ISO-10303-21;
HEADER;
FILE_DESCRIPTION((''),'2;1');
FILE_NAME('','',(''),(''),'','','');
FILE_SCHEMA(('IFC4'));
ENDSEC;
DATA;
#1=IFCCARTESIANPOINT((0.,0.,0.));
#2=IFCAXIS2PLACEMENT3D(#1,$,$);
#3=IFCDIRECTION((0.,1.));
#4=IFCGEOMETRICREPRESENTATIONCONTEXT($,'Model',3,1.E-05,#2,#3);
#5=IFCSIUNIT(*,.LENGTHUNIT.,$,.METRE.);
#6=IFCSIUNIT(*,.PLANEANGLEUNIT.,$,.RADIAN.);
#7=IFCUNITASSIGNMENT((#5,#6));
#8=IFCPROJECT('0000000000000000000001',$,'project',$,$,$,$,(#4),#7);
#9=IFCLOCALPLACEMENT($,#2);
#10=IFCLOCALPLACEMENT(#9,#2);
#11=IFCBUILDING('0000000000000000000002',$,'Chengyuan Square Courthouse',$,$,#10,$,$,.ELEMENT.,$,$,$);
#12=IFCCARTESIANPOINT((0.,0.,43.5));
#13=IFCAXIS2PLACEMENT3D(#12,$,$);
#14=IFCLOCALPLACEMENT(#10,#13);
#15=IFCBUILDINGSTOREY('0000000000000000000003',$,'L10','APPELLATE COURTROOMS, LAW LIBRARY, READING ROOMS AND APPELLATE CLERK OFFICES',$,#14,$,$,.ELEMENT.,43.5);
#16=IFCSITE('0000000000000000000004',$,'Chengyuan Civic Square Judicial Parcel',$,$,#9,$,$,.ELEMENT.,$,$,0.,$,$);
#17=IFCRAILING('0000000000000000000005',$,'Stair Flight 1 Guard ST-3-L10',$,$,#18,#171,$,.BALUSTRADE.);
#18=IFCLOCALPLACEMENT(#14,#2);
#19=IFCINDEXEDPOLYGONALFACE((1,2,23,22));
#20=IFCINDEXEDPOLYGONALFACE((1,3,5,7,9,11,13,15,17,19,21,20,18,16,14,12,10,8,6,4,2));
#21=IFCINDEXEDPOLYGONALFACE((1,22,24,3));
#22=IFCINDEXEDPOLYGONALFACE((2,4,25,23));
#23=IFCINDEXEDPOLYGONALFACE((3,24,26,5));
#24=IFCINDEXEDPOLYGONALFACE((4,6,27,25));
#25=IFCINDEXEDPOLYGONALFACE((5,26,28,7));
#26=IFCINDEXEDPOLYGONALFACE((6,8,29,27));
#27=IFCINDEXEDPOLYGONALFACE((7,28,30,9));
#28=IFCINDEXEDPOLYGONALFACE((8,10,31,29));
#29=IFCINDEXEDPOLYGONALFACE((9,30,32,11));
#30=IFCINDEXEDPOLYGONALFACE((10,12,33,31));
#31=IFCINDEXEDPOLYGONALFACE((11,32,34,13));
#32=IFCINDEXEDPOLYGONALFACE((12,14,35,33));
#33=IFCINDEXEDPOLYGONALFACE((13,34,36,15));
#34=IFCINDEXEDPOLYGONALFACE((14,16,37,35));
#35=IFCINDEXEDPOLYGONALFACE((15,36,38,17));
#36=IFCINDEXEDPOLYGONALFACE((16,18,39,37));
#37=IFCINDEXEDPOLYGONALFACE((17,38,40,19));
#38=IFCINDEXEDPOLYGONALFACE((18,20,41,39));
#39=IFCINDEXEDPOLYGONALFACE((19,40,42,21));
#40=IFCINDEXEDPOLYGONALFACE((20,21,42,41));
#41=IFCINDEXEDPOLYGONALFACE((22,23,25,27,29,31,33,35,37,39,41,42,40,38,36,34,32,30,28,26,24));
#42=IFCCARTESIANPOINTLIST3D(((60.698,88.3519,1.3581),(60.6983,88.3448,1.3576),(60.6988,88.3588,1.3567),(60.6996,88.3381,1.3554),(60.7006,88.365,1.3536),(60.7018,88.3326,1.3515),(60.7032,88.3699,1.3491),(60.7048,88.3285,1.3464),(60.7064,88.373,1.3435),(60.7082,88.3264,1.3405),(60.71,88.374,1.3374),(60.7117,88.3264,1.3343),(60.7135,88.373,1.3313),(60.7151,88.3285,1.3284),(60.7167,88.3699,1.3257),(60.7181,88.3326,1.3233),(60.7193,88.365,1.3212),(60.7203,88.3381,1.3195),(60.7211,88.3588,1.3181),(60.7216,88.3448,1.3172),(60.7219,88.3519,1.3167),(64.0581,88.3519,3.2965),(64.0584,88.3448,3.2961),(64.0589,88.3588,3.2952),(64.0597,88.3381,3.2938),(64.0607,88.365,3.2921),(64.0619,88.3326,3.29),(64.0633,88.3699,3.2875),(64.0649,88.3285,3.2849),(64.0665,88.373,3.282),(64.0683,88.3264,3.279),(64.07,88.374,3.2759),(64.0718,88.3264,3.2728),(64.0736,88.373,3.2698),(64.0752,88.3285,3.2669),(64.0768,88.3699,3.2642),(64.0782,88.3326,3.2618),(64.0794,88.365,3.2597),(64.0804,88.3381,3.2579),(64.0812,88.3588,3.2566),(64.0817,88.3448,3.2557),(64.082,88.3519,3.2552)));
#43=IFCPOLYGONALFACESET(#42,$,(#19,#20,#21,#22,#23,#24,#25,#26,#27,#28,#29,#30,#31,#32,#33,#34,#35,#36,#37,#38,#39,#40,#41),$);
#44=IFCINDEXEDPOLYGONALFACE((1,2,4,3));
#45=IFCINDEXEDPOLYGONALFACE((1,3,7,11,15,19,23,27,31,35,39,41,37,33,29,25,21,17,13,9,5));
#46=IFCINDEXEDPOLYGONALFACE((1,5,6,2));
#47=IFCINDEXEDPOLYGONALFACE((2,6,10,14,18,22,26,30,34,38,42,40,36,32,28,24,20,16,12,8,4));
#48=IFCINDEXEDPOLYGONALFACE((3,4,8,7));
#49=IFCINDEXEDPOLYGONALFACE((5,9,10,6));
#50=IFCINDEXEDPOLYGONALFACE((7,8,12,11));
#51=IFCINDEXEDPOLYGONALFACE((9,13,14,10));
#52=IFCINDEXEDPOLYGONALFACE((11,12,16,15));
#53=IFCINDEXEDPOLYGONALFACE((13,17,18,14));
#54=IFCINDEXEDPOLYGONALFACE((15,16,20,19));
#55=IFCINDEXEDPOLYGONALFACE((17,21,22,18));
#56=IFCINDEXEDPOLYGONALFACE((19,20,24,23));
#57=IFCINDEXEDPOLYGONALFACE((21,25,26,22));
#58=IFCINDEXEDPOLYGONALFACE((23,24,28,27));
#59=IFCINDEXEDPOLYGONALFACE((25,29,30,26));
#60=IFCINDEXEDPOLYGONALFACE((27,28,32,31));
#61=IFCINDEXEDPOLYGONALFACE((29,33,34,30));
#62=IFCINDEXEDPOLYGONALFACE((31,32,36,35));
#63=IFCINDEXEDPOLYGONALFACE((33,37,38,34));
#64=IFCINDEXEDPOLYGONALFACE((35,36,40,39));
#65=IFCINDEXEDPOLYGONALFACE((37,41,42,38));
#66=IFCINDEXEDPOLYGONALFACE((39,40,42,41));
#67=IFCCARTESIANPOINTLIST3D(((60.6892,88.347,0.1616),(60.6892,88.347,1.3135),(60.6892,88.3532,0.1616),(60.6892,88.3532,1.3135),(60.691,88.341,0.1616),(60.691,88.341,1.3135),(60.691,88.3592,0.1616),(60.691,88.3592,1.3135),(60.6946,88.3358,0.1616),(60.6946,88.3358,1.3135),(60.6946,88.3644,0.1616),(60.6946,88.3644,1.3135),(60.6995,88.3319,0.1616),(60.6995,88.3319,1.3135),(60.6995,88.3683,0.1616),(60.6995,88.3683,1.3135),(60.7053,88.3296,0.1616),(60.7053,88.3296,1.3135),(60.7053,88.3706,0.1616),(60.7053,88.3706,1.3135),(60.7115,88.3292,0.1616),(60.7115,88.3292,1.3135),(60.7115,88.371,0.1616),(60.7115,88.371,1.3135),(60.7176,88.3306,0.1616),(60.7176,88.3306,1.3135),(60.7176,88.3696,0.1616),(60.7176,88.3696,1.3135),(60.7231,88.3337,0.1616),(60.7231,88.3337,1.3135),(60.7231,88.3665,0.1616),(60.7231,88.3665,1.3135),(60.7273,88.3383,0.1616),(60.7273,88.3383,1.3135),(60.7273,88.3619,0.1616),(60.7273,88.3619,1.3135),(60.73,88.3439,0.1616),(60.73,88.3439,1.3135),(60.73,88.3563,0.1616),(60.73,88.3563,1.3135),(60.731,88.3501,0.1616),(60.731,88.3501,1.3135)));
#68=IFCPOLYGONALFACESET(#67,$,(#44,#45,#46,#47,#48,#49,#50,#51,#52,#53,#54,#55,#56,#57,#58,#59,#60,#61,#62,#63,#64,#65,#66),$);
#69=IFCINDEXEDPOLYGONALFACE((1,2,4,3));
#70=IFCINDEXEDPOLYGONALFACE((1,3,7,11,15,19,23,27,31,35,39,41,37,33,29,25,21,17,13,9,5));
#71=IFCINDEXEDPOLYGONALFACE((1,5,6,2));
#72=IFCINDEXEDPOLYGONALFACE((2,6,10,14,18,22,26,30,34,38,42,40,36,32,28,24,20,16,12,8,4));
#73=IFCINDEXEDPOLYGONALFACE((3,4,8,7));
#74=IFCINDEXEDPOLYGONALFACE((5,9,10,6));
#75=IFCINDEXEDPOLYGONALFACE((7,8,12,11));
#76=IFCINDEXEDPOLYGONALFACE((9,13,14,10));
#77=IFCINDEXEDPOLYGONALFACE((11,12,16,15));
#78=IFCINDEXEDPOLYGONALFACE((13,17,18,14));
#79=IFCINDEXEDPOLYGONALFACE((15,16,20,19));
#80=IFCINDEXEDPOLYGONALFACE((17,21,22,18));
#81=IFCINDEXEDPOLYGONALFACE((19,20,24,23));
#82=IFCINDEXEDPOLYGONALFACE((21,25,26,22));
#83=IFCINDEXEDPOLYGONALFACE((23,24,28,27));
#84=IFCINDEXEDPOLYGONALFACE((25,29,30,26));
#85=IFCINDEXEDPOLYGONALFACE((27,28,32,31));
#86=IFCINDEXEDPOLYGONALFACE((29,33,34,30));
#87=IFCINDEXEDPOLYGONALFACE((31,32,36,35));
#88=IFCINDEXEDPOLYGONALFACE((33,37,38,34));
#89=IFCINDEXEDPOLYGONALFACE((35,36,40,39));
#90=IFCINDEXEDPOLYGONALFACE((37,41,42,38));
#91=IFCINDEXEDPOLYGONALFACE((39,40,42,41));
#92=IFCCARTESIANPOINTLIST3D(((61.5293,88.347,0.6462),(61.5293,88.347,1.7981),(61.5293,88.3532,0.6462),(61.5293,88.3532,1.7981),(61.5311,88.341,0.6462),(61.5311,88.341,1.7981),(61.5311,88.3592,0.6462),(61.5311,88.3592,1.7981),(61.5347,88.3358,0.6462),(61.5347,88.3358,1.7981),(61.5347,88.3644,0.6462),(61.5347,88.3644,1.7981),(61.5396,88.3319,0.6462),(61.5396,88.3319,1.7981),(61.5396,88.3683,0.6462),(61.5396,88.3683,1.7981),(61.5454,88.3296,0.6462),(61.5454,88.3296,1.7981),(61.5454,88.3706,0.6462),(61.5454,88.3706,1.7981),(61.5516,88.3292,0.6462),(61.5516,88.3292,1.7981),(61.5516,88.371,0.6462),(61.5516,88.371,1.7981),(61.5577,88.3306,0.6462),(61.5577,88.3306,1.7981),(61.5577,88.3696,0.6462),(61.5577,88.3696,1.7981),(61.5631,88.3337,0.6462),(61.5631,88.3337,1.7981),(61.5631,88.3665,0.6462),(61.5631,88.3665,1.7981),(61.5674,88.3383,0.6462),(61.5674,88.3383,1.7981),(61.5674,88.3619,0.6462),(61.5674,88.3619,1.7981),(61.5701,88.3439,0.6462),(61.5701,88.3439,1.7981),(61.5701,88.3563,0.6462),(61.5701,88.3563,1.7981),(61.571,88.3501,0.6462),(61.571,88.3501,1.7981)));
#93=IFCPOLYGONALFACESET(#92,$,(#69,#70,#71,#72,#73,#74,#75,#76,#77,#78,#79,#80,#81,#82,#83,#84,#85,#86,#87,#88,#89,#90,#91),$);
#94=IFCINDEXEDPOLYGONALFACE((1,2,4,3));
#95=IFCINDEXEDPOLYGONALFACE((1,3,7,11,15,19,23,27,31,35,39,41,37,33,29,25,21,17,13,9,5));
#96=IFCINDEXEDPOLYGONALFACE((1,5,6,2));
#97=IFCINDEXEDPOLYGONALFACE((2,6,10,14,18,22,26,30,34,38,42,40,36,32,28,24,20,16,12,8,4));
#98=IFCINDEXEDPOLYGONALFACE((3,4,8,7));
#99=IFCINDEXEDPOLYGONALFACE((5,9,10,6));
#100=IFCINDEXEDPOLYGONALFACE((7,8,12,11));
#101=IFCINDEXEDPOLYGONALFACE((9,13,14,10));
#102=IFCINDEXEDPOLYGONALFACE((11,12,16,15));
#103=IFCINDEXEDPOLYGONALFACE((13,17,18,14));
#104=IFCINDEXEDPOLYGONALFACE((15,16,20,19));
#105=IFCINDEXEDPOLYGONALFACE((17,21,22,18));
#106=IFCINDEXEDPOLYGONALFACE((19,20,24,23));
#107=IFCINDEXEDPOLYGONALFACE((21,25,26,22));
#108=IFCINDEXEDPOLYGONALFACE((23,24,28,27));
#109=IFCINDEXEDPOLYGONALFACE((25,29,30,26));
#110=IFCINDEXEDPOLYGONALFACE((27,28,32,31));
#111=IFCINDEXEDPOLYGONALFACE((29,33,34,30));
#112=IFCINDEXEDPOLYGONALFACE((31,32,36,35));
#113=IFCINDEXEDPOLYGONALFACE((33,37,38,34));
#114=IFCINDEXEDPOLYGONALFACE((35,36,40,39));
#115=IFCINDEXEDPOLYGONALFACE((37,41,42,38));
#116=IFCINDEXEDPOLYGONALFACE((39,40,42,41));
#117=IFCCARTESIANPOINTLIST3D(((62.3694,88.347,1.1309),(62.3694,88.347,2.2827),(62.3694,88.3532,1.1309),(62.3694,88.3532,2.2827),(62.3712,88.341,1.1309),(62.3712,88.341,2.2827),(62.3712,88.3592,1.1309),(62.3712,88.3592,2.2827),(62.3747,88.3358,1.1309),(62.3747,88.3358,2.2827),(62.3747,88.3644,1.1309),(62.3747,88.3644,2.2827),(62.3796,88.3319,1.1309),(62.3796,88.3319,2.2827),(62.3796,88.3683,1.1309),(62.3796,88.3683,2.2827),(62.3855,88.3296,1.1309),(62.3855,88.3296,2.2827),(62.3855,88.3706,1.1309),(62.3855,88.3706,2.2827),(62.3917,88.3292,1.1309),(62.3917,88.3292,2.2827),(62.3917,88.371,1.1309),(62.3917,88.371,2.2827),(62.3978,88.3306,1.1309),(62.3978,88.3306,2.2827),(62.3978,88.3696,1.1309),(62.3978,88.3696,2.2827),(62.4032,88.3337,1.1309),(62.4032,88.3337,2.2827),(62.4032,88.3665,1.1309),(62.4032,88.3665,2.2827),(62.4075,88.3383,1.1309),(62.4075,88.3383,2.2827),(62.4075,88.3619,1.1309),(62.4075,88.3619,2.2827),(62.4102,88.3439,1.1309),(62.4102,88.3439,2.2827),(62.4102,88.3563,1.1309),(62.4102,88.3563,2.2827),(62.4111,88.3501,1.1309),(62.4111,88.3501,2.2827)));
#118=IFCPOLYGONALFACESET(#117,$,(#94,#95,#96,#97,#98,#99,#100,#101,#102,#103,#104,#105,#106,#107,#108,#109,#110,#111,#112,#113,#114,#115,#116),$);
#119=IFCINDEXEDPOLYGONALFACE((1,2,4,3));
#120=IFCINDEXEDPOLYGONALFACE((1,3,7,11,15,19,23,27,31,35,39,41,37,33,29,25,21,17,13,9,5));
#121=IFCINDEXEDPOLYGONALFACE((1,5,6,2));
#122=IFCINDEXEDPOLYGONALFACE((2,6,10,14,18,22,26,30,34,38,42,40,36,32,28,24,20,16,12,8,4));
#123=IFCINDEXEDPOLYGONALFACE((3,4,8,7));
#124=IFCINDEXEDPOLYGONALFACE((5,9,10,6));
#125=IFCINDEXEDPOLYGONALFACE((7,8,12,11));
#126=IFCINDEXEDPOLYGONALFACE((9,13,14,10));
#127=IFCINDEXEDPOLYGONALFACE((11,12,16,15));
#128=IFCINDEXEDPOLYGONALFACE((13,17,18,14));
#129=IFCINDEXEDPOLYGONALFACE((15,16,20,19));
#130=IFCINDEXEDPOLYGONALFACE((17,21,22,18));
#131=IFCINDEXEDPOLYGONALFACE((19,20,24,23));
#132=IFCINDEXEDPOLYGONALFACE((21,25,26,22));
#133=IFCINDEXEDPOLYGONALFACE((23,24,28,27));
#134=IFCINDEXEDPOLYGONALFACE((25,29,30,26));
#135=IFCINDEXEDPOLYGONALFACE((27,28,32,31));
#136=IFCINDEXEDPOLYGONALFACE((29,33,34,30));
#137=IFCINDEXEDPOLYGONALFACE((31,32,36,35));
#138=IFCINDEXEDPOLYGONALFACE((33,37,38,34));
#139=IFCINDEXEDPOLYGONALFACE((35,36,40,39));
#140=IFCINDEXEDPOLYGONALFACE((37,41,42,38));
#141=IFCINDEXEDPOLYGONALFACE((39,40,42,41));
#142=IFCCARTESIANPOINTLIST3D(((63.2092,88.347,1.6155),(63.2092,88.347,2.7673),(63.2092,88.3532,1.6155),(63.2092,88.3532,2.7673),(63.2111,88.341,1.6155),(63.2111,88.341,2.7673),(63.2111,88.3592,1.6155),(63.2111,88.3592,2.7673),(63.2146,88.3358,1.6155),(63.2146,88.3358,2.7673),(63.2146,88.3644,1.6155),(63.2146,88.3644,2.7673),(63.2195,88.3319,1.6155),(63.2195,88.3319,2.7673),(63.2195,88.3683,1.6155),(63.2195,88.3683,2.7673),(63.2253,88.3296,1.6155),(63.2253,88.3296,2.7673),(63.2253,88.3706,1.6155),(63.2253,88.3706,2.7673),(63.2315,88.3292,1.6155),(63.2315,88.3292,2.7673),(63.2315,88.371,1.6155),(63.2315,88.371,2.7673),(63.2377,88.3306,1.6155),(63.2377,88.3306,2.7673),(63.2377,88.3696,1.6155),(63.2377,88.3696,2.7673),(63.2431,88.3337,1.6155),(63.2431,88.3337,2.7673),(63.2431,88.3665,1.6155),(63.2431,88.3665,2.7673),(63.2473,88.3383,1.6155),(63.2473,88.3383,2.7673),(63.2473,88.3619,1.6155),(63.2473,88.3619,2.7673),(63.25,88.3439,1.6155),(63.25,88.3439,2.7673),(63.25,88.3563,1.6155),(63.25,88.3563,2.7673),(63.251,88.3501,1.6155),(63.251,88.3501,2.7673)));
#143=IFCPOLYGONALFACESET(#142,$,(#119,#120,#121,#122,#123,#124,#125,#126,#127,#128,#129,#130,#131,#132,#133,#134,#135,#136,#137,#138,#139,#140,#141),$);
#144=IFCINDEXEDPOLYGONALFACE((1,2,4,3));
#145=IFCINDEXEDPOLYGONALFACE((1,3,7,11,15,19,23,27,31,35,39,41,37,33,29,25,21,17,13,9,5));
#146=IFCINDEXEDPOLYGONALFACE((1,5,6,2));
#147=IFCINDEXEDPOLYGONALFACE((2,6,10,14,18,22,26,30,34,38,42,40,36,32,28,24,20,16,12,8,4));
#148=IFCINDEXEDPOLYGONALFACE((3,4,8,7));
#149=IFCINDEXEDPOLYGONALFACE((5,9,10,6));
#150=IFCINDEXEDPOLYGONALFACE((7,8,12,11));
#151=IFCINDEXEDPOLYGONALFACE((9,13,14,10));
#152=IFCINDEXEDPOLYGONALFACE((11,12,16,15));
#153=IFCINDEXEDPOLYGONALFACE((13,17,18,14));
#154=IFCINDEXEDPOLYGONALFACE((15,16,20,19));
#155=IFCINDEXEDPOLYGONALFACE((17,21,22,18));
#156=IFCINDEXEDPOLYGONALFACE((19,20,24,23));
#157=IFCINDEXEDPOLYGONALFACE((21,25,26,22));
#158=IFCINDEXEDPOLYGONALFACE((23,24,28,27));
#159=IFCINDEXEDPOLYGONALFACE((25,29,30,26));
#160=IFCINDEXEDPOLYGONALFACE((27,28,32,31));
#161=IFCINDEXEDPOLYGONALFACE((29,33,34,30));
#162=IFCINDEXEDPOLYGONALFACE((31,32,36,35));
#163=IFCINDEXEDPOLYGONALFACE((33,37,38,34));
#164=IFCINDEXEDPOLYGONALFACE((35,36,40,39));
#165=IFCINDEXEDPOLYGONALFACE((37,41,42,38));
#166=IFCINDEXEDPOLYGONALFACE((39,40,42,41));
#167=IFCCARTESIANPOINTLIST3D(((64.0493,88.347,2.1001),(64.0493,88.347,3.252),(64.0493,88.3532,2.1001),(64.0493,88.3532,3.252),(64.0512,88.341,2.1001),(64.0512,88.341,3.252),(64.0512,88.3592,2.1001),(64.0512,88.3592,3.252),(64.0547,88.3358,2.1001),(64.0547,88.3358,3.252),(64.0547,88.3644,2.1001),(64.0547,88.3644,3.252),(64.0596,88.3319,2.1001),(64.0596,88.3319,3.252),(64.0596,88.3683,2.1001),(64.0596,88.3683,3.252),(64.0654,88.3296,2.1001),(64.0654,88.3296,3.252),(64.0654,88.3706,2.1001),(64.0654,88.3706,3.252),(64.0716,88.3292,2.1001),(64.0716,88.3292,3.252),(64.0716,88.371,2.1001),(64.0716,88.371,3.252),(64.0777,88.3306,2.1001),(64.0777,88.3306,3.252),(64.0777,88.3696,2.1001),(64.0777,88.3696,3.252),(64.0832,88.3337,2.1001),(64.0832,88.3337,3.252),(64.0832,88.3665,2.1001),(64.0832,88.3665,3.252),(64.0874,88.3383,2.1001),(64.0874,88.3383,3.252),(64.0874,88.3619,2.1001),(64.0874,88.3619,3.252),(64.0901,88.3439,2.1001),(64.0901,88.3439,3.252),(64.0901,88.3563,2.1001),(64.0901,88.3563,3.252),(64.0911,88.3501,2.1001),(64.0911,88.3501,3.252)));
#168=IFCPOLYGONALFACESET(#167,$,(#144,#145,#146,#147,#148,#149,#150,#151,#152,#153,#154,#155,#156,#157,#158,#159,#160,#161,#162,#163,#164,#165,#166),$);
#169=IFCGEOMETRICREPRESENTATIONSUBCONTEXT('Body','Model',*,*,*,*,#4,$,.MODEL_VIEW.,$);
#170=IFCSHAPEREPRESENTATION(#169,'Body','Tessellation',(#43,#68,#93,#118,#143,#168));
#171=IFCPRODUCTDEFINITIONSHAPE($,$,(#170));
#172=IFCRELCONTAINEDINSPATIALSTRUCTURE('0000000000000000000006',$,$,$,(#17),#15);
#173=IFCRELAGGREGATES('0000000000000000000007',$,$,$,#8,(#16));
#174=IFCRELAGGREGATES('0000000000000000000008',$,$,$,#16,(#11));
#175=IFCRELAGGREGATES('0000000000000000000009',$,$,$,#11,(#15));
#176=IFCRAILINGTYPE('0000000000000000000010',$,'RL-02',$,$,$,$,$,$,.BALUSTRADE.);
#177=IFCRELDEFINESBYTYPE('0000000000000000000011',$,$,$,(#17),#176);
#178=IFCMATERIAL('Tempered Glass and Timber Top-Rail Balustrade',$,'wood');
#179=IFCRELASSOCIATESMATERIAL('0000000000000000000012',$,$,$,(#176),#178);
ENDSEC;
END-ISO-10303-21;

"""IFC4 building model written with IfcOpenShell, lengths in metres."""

from ifc_helpers import new_model, si_unit, direction, frame, origin, origin_2d, place, context, subcontext, project, spatial, circle, extrude, material, type_object, element, save


model = new_model("IFC4")

# Units and contexts
model_context = context("Model", 3, precision=1e-05, world=origin(), true_north=direction((0.0, 1.0)))
body_context = subcontext(model_context, "Body", "Model", "MODEL_VIEW")
ifc_project = project(units=[si_unit("LENGTHUNIT", "METRE"), si_unit("PLANEANGLEUNIT", "RADIAN")], contexts=[model_context])

# Site, building, storey
site_placement = place(None, origin())
site = spatial("IfcSite", under=ifc_project, at=site_placement, Name="Chengyuan Civic Square Judicial Parcel", CompositionType="ELEMENT", RefElevation=0.0)
building_placement = place(site_placement, origin())
building = spatial("IfcBuilding", under=site, at=building_placement, Name="Chengyuan Square Courthouse", CompositionType="ELEMENT")
storey_placement = place(building_placement, frame((0.0, 0.0, 43.5)))
storey = spatial("IfcBuildingStorey", under=building, at=storey_placement, Name="L10", Description="APPELLATE COURTROOMS, LAW LIBRARY, READING ROOMS AND APPELLATE CLERK OFFICES", CompositionType="ELEMENT", Elevation=43.5)

# Railing
ifc_material_1 = material(Name="Tempered Glass and Timber Top-Rail Balustrade", Category="wood")
railing_type_1 = type_object("IfcRailingType", Name="RL-02", PredefinedType="BALUSTRADE", material=ifc_material_1)
railing_1_placement = place(storey_placement, frame((60.71, 88.3501, 0.1616)))
element("IfcRailing", 1, at=railing_1_placement, inside=storey, type_object=railing_type_1, Name="Stair Flight 1 Guard ST-3-L10", PredefinedType="BALUSTRADE", context=body_context, shape_type="SweptSolid", body=[
    extrude(circle(Radius=0.0239, at=origin_2d()), frame((0.0, 0.0, 1.1758), z_axis=(0.866191, 0.0, 0.499713), x_axis=(0.0, 1.0, 0.0)), (0.0, 0.0, 1.0), 3.8792),
    extrude(circle(Radius=0.021, at=origin_2d()), origin(), (0.0, 0.0, 1.0), 1.1519),
    extrude(circle(Radius=0.021, at=origin_2d()), frame((0.8401, 0.0, 0.4846)), (0.0, 0.0, 1.0), 1.1519),
    extrude(circle(Radius=0.021, at=origin_2d()), frame((1.6802, 0.0, 0.9692)), (0.0, 0.0, 1.0), 1.1519),
    extrude(circle(Radius=0.021, at=origin_2d()), frame((2.52, 0.0, 1.4539)), (0.0, 0.0, 1.0), 1.1519),
    extrude(circle(Radius=0.021, at=origin_2d()), frame((3.3601, 0.0, 1.9385)), (0.0, 0.0, 1.0), 1.1519),
])

save(model, "model.ifc")
